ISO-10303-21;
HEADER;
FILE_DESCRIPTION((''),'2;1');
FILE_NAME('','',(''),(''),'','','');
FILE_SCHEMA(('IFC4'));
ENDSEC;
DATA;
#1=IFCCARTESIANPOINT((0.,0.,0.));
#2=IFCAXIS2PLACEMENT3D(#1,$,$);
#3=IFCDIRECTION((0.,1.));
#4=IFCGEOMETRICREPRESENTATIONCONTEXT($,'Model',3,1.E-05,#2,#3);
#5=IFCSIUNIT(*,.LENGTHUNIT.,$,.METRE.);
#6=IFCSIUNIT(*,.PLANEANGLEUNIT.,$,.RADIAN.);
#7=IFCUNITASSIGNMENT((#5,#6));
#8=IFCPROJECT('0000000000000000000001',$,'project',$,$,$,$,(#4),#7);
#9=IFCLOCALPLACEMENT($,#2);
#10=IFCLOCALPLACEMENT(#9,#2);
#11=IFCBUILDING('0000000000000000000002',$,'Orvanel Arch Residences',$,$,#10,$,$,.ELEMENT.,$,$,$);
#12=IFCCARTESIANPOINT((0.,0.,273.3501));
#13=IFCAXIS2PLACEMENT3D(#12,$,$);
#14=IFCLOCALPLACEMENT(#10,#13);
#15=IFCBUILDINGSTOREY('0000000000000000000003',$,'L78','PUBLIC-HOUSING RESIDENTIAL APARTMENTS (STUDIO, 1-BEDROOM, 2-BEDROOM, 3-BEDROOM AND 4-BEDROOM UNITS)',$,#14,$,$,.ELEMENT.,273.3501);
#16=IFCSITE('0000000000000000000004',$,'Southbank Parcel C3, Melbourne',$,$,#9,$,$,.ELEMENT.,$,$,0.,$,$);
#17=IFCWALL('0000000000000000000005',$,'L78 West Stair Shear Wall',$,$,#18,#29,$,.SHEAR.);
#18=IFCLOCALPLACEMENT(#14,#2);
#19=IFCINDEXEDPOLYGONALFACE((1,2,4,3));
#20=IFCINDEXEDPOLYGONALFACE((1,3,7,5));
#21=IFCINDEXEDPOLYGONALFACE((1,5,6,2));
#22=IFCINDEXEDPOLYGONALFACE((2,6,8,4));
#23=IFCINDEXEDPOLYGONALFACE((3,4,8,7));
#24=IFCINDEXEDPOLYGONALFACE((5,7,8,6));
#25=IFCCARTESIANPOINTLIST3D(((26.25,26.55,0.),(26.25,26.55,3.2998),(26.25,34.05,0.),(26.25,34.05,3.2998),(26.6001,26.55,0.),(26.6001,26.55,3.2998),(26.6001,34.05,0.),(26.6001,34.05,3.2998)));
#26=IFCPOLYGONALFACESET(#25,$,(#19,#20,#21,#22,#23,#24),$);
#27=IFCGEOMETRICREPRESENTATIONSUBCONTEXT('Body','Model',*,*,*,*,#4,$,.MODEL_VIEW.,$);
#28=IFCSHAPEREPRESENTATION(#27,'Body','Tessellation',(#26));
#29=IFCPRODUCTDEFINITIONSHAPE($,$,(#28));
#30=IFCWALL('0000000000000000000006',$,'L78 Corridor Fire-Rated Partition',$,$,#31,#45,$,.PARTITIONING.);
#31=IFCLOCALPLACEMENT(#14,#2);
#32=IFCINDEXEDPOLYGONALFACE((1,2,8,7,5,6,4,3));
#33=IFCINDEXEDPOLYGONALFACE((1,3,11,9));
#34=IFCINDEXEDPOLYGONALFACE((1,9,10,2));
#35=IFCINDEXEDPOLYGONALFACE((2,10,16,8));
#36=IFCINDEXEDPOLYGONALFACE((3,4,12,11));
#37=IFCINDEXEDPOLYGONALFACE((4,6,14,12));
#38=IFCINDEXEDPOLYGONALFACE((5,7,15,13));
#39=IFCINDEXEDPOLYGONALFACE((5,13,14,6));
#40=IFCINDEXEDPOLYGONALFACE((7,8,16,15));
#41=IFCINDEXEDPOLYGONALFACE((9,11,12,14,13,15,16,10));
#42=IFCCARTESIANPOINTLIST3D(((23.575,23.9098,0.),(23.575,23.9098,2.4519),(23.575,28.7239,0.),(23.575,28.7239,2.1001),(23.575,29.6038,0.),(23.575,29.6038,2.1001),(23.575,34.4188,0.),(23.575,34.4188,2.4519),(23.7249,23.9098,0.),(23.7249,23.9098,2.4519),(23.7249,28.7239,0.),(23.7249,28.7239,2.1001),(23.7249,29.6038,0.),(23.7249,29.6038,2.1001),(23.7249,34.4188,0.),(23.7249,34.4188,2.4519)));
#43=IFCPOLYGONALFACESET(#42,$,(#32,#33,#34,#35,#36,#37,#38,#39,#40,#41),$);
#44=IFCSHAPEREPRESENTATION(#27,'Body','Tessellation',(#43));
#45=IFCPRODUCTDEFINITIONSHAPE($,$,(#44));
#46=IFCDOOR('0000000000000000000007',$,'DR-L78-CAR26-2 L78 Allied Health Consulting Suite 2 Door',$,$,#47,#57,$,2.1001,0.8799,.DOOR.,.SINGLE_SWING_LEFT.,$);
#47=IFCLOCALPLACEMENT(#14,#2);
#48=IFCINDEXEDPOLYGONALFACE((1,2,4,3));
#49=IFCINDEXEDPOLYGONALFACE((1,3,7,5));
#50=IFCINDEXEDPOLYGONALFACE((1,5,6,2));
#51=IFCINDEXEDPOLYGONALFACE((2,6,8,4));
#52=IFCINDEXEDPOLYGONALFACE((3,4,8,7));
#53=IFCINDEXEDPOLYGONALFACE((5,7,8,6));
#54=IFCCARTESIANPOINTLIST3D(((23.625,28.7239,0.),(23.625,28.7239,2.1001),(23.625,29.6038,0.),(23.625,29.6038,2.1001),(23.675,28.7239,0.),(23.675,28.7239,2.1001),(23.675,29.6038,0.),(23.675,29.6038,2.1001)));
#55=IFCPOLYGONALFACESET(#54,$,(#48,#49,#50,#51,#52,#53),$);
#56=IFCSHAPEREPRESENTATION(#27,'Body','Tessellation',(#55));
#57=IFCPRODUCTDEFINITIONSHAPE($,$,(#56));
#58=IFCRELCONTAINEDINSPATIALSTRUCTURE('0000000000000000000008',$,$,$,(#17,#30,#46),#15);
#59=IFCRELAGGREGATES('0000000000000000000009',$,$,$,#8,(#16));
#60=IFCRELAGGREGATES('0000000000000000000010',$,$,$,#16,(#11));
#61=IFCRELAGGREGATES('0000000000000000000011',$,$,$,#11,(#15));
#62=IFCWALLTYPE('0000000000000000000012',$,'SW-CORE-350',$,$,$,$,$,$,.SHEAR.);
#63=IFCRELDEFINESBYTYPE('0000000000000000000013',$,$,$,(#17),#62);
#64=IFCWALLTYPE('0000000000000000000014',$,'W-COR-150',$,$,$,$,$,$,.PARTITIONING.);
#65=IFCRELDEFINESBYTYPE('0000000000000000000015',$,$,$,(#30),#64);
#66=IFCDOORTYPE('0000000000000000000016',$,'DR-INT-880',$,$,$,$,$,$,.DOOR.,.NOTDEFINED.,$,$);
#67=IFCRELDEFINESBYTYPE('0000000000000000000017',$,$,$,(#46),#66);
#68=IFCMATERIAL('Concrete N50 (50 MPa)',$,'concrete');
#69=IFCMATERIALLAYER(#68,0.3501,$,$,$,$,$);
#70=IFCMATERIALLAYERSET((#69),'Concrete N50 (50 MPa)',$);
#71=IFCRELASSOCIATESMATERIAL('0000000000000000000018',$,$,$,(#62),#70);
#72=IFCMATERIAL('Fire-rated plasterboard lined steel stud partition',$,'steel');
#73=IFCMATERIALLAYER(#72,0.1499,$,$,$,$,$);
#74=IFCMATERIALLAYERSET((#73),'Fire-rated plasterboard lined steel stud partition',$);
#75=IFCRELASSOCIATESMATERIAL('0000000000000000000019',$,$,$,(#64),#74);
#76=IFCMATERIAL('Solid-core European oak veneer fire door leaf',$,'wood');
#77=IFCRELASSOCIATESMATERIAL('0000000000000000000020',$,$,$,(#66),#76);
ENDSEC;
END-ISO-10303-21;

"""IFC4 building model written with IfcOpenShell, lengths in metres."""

from ifc_helpers import new_model, si_unit, direction, frame, frame_2d, origin, place, context, subcontext, project, spatial, rectangle, extrude, material, layer, layer_set, type_object, element, fill, save


model = new_model("IFC4")

# Units and contexts
model_context = context("Model", 3, precision=1e-05, world=origin(), true_north=direction((0.0, 1.0)))
body_context = subcontext(model_context, "Body", "Model", "MODEL_VIEW")
ifc_project = project(units=[si_unit("LENGTHUNIT", "METRE"), si_unit("PLANEANGLEUNIT", "RADIAN")], contexts=[model_context])

# Site, building, storey
site_placement = place(None, origin())
site = spatial("IfcSite", under=ifc_project, at=site_placement, Name="Southbank Parcel C3, Melbourne", CompositionType="ELEMENT", RefElevation=0.0)
building_placement = place(site_placement, origin())
building = spatial("IfcBuilding", under=site, at=building_placement, Name="Orvanel Arch Residences", CompositionType="ELEMENT")
storey_placement = place(building_placement, frame((0.0, 0.0, 273.3501)))
storey = spatial("IfcBuildingStorey", under=building, at=storey_placement, Name="L78", Description="PUBLIC-HOUSING RESIDENTIAL APARTMENTS (STUDIO, 1-BEDROOM, 2-BEDROOM, 3-BEDROOM AND 4-BEDROOM UNITS)", CompositionType="ELEMENT", Elevation=273.3501)

# Shared definitions
ifc_material_1 = material(Name="Concrete N50 (50 MPa)", Category="concrete")
ifc_layer_1 = layer(ifc_material_1, 0.3501)
ifc_layer_set_1 = layer_set([ifc_layer_1], Name="Concrete N50 (50 MPa)")
wall_type_1 = type_object("IfcWallType", Name="SW-CORE-350", PredefinedType="SHEAR", material=ifc_layer_set_1)

# Wall
wall_1_placement = place(storey_placement, frame((26.425, 26.55, 0.0), z_axis=(0.0, 0.0, 1.0), x_axis=(0.0, 1.0, 0.0)))
element("IfcWall", 1, at=wall_1_placement, inside=storey, type_object=wall_type_1, Name="L78 West Stair Shear Wall", PredefinedType="SHEAR", context=body_context, shape_type="SweptSolid", body=[
    extrude(rectangle(XDim=7.5, YDim=0.3501, at=frame_2d((3.75, 0.0))), origin(), (0.0, 0.0, 1.0), 3.2998),
])

# Wall, opening, door
ifc_material_2 = material(Name="Fire-rated plasterboard lined steel stud partition", Category="steel")
ifc_layer_2 = layer(ifc_material_2, 0.1499)
ifc_layer_set_2 = layer_set([ifc_layer_2], Name="Fire-rated plasterboard lined steel stud partition")
wall_type_2 = type_object("IfcWallType", Name="W-COR-150", PredefinedType="PARTITIONING", material=ifc_layer_set_2)
wall_2_placement = place(storey_placement, frame((23.6499, 23.9099, 0.0), z_axis=(0.0, 0.0, 1.0), x_axis=(0.0, 1.0, 0.0)))
wall_2 = element("IfcWall", 2, at=wall_2_placement, inside=storey, type_object=wall_type_2, Name="L78 Corridor Fire-Rated Partition", PredefinedType="PARTITIONING", context=body_context, shape_type="SweptSolid", body=[
    extrude(rectangle(XDim=10.509, YDim=0.1499, at=frame_2d((5.2544, 0.0))), origin(), (0.0, 0.0, 1.0), 2.4519),
])
opening_1_placement = place(wall_2_placement, frame((4.814, 0.0, 0.0)))
opening_1 = element("IfcOpeningElement", 3, at=opening_1_placement, cuts=wall_2, PredefinedType="OPENING", context=body_context, shape_type="SweptSolid", body=[
    extrude(rectangle(XDim=0.8799, YDim=2.1001, at=frame_2d((0.4399, 1.05))), frame((0.0, 0.085, 0.0), z_axis=(0.0, -1.0, 0.0), x_axis=(1.0, 0.0, 0.0)), (0.0, 0.0, 1.0), 0.1699),
])
ifc_material_3 = material(Name="Solid-core European oak veneer fire door leaf", Category="wood")
door_type_1 = type_object("IfcDoorType", Name="DR-INT-880", OperationType="NOTDEFINED", PredefinedType="DOOR", material=ifc_material_3)
door_1_placement = place(opening_1_placement, origin())
door_1 = element("IfcDoor", 4, at=door_1_placement, inside=storey, type_object=door_type_1, Name="DR-L78-CAR26-2 L78 Allied Health Consulting Suite 2 Door", OperationType="SINGLE_SWING_LEFT", OverallHeight=2.1001, OverallWidth=0.8799, PredefinedType="DOOR", context=body_context, shape_type="SweptSolid", body=[
    extrude(rectangle(XDim=0.8799, YDim=2.1001, at=frame_2d((0.4399, 1.05))), frame((0.0, 0.0249, 0.0), z_axis=(0.0, -1.0, 0.0), x_axis=(1.0, 0.0, 0.0)), (0.0, 0.0, 1.0), 0.05),
])
fill(opening_1, door_1)

save(model, "model.ifc")
